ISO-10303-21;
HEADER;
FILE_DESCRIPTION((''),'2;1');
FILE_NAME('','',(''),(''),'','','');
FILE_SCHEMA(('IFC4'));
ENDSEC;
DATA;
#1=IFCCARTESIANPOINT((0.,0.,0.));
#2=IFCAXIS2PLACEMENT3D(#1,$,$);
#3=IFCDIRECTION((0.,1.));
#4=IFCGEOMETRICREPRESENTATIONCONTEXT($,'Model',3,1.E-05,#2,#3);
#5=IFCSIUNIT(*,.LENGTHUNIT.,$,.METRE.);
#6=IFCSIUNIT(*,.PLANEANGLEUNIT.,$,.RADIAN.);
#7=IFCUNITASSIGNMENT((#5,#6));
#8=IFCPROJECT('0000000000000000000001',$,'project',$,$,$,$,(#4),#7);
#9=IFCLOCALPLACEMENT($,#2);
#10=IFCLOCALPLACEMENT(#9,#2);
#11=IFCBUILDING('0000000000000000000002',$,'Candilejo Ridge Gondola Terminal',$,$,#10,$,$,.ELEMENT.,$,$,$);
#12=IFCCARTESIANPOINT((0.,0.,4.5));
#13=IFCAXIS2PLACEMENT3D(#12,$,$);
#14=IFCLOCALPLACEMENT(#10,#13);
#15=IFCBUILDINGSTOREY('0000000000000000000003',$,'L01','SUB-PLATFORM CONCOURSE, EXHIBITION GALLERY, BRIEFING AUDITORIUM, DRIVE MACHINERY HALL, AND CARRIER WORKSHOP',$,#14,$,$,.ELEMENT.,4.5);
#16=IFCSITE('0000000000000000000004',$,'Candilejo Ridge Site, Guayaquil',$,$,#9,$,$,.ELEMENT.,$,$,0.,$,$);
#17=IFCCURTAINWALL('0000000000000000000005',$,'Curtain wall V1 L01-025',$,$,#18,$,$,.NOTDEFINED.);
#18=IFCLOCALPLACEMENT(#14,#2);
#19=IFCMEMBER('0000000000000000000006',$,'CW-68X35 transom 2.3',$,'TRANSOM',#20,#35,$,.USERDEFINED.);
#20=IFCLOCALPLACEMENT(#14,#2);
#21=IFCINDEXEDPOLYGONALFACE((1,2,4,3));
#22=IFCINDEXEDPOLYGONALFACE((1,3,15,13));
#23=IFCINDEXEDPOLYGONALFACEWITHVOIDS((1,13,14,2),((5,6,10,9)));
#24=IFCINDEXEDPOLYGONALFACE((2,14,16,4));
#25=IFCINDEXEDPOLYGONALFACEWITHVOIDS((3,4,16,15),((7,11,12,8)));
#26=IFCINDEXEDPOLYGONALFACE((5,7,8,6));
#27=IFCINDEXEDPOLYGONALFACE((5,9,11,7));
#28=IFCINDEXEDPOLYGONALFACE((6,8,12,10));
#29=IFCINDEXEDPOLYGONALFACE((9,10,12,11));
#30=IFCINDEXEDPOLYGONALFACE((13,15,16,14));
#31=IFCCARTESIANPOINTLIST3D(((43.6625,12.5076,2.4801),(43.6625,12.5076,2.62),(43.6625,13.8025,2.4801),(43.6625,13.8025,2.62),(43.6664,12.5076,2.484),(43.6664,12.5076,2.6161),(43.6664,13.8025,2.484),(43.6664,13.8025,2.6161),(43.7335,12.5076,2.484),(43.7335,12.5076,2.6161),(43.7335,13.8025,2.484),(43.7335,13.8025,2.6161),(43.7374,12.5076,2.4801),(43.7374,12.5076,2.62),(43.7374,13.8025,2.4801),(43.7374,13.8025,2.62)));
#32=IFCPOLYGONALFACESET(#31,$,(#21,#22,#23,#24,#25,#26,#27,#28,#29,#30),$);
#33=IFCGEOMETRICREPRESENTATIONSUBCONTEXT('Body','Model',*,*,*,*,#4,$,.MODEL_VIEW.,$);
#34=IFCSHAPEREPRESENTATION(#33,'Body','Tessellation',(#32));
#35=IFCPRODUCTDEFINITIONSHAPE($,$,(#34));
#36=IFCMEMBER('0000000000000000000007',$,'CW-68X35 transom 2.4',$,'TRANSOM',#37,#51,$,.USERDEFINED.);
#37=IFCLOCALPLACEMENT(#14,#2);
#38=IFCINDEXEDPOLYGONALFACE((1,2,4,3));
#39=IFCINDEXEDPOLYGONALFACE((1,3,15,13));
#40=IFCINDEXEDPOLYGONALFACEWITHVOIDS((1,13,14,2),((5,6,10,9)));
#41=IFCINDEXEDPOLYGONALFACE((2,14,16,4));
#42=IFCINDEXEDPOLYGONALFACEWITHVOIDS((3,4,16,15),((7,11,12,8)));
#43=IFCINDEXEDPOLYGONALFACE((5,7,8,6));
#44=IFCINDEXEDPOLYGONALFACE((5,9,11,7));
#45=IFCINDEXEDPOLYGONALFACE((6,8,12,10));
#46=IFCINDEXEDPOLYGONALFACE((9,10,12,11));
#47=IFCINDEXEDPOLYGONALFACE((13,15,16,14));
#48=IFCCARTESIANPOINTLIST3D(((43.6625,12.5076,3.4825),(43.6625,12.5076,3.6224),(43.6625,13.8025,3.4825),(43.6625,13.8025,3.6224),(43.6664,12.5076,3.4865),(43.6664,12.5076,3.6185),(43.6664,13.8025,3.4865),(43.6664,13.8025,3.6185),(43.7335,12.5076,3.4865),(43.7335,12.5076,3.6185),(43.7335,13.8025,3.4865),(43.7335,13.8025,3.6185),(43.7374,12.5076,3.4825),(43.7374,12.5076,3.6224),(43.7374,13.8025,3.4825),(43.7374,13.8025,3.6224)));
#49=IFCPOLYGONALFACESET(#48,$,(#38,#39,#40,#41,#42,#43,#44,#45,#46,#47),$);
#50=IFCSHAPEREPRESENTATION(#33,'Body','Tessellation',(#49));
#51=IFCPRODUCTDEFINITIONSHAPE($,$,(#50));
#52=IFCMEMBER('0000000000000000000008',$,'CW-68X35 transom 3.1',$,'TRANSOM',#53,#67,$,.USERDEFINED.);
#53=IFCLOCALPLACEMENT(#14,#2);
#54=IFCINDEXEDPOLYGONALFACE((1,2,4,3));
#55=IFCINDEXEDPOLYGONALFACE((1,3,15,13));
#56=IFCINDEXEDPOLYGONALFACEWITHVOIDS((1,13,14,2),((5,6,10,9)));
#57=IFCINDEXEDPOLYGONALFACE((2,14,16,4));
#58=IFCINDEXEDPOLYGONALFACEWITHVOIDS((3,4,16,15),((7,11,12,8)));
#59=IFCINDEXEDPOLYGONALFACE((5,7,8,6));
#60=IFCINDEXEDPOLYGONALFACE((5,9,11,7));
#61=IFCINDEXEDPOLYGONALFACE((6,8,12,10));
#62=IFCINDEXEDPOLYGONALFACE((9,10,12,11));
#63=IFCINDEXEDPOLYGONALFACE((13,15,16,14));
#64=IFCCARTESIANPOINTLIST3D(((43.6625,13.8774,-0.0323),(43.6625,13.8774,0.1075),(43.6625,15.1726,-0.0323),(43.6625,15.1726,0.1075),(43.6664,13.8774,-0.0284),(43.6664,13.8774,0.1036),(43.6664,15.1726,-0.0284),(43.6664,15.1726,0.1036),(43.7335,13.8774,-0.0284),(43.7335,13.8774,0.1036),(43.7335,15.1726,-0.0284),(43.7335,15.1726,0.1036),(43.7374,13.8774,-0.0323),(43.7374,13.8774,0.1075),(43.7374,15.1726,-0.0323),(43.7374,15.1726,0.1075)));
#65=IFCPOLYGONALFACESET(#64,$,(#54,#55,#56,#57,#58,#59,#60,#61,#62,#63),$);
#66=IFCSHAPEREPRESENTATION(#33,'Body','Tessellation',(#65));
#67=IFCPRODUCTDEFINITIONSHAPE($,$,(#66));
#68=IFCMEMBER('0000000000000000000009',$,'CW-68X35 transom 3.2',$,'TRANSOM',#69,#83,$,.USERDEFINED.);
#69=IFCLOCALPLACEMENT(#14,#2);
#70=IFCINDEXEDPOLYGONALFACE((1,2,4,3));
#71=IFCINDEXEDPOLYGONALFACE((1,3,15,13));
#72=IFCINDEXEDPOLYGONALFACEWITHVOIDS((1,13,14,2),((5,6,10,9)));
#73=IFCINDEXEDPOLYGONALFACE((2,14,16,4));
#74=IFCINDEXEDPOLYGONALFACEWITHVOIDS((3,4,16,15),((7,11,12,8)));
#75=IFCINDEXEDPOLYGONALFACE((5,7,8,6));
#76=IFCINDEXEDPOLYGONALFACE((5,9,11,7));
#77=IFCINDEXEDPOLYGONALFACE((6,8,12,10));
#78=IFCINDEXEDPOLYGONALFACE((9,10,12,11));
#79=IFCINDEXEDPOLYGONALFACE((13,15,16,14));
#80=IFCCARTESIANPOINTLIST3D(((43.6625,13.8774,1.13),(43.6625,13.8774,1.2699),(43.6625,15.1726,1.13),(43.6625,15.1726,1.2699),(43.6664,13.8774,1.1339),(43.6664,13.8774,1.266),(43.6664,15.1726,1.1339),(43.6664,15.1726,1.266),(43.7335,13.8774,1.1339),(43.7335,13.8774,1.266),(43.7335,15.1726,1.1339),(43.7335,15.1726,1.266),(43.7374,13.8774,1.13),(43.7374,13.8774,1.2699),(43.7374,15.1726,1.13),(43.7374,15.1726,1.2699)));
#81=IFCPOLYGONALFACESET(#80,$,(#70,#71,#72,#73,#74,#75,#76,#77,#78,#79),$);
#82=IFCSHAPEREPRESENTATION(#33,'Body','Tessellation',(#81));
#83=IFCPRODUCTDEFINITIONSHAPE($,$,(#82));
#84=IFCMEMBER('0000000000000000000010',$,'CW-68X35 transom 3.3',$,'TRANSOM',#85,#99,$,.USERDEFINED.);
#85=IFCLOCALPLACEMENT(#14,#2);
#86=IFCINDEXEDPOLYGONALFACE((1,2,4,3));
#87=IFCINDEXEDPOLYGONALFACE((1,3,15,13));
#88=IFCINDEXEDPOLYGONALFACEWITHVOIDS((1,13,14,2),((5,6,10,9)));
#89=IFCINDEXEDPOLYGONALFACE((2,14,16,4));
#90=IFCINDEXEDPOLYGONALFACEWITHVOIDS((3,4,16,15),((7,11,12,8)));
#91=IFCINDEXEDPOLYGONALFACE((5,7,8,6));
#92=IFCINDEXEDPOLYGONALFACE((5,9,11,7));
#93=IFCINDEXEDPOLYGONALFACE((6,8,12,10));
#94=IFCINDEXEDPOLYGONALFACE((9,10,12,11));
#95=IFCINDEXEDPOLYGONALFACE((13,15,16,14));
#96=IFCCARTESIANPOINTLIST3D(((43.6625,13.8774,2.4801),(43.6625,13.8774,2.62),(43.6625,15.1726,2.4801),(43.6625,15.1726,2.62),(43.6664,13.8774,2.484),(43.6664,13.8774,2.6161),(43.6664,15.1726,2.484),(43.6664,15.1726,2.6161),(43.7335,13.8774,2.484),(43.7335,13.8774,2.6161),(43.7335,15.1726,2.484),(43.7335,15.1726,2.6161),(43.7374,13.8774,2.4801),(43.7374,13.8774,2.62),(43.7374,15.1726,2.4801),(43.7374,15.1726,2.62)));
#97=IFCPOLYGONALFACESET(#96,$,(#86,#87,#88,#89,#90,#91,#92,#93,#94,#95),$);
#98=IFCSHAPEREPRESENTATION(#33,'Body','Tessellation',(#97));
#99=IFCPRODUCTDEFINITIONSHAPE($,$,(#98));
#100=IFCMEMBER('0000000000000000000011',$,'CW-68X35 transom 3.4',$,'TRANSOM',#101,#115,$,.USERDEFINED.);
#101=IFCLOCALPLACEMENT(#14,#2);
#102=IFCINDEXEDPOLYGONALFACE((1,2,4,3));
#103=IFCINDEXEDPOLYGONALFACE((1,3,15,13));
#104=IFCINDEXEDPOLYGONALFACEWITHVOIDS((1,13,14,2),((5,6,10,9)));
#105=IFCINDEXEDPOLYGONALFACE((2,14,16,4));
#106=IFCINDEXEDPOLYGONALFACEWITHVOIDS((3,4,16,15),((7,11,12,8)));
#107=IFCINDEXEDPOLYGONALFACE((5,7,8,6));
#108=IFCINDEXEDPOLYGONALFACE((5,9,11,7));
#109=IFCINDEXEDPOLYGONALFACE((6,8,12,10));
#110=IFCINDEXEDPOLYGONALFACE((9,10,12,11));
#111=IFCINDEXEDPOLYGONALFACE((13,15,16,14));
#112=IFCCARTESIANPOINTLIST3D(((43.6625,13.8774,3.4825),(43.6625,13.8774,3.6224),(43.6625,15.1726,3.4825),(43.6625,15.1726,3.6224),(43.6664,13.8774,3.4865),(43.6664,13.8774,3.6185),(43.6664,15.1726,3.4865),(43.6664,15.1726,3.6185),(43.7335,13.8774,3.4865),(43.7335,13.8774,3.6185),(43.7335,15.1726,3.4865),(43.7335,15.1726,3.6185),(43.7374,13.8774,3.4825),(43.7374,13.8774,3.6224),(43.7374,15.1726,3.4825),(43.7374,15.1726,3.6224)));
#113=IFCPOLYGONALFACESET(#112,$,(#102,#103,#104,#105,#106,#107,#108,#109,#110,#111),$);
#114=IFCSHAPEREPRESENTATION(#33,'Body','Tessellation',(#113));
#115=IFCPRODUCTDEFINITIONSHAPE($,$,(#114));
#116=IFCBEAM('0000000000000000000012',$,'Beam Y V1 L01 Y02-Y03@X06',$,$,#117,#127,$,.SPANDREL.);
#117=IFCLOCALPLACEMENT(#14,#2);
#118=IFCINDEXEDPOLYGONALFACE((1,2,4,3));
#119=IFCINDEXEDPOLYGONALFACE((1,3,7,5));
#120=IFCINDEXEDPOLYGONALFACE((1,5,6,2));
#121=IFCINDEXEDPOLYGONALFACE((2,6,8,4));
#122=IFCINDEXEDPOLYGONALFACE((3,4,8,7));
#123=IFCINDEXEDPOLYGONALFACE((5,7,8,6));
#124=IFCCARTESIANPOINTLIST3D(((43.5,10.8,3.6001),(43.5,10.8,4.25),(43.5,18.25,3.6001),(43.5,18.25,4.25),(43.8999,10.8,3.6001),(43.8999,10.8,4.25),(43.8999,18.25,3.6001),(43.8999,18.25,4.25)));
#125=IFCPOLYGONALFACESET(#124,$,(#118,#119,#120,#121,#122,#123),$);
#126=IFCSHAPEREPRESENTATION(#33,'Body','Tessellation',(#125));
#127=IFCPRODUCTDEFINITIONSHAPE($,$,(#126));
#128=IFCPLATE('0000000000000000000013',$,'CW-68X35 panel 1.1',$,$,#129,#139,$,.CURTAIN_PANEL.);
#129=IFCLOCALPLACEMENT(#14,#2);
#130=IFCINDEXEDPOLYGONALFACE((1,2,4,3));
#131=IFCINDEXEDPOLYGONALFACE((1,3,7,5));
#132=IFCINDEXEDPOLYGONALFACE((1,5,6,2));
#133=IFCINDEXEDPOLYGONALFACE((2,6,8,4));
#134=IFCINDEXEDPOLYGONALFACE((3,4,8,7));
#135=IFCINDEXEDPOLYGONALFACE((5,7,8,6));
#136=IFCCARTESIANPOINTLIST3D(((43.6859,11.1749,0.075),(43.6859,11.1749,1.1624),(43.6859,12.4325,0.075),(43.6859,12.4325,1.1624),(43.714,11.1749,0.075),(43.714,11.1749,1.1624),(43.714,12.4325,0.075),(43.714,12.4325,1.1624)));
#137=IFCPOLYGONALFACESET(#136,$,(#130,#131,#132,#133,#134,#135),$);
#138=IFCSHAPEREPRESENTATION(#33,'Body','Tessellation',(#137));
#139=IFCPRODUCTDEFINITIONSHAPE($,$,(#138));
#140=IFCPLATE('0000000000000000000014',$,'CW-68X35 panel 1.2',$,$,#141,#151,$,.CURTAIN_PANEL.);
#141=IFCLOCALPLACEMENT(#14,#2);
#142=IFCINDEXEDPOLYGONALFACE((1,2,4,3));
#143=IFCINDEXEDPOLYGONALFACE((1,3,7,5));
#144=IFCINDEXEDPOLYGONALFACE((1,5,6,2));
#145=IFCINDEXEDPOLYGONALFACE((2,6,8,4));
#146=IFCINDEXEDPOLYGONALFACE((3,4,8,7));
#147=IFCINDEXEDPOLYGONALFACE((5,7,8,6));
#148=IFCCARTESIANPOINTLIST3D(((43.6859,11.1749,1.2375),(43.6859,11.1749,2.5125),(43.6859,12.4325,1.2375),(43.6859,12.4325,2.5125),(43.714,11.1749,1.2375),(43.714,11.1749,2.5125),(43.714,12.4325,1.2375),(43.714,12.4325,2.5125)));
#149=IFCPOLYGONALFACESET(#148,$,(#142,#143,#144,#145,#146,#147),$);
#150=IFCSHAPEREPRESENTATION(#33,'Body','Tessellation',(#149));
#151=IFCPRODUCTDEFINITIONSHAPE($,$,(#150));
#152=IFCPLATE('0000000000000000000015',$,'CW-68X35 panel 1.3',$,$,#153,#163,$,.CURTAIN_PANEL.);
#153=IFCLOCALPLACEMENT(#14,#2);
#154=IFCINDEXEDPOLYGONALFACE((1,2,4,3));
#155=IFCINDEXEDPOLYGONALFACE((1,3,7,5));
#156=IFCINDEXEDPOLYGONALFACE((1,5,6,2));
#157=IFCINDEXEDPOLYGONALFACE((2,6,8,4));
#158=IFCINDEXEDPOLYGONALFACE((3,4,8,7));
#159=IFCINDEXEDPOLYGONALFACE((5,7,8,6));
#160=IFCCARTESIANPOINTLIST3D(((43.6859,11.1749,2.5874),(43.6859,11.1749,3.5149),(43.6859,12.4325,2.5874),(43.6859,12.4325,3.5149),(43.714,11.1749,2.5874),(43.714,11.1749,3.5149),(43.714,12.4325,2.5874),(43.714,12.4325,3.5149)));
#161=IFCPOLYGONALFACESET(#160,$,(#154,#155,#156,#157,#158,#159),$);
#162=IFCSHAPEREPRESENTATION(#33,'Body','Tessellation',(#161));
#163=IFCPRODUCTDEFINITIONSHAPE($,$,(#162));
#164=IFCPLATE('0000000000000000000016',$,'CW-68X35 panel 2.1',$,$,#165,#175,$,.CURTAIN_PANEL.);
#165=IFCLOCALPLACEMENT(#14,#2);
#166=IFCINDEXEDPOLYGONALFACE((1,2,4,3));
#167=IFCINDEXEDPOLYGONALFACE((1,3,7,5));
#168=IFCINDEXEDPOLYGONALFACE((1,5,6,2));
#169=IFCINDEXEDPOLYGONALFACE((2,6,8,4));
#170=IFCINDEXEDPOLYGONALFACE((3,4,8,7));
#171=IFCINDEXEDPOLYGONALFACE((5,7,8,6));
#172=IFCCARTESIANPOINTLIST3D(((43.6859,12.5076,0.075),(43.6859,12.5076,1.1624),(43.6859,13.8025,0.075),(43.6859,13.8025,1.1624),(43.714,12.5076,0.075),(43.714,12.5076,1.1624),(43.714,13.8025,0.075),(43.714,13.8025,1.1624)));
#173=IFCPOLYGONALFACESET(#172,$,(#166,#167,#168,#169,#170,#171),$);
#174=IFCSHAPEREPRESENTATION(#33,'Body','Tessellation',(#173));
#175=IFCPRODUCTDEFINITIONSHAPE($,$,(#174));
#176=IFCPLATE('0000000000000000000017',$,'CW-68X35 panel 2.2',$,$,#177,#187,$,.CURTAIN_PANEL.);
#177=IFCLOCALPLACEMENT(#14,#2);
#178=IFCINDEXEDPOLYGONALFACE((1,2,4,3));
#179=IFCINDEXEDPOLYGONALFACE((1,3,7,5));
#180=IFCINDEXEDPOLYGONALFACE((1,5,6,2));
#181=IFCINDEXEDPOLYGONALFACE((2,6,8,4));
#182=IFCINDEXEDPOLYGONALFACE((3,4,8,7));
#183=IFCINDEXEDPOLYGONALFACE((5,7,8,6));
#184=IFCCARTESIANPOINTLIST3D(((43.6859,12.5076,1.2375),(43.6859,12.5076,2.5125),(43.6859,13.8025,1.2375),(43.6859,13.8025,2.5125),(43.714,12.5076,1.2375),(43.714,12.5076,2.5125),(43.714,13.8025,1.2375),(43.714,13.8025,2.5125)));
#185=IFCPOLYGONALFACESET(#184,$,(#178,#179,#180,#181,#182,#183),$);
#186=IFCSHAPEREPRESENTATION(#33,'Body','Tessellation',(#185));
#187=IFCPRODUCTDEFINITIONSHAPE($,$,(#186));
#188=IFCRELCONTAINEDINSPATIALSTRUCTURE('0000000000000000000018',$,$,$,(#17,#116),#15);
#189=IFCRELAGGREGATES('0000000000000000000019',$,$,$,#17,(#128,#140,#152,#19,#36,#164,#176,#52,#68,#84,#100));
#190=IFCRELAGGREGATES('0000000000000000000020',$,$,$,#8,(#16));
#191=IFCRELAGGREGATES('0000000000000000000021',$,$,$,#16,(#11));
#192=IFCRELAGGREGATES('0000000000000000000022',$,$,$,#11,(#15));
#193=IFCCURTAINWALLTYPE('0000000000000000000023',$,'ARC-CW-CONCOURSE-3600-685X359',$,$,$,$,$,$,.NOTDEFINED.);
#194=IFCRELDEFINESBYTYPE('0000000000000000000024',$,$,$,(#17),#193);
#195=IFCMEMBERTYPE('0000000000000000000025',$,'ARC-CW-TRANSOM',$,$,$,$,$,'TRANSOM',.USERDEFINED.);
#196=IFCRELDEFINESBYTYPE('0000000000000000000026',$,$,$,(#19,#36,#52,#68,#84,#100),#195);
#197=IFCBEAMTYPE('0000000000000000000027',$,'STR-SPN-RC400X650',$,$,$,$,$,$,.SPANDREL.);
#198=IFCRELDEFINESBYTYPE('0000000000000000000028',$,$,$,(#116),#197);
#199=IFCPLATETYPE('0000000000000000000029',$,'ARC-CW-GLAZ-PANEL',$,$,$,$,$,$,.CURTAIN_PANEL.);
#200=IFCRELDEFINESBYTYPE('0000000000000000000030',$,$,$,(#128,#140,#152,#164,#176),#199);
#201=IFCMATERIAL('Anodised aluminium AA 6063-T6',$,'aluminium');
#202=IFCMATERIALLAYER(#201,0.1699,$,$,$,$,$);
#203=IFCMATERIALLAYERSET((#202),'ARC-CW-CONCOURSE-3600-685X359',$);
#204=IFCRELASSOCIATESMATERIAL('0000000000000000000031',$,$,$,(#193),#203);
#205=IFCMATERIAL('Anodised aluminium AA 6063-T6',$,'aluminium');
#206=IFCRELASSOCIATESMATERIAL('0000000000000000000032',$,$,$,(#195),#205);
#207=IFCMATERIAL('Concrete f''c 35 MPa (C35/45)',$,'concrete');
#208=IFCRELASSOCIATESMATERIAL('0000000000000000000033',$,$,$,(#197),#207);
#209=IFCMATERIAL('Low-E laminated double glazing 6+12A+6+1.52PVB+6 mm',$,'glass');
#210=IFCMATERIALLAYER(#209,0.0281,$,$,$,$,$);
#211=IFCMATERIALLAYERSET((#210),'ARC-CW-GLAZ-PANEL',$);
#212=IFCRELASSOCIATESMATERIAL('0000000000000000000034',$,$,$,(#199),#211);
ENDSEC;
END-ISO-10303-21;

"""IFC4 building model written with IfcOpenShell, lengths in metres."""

from ifc_helpers import new_model, si_unit, direction, frame, origin, origin_2d, place, context, subcontext, project, spatial, rectangle, hollow_rectangle, extrude, material, layer, layer_set, material_profile, profile_set, type_object, element, aggregate, save


model = new_model("IFC4")

# Units and contexts
model_context = context("Model", 3, precision=1e-05, world=origin(), true_north=direction((0.0, 1.0)))
body_context = subcontext(model_context, "Body", "Model", "MODEL_VIEW")
ifc_project = project(units=[si_unit("LENGTHUNIT", "METRE"), si_unit("PLANEANGLEUNIT", "RADIAN")], contexts=[model_context])

# Site, building, storey
site_placement = place(None, origin())
site = spatial("IfcSite", under=ifc_project, at=site_placement, Name="Candilejo Ridge Site, Guayaquil", CompositionType="ELEMENT", RefElevation=0.0)
building_placement = place(site_placement, origin())
building = spatial("IfcBuilding", under=site, at=building_placement, Name="Candilejo Ridge Gondola Terminal", CompositionType="ELEMENT")
storey_placement = place(building_placement, frame((0.0, 0.0, 4.5)))
storey = spatial("IfcBuildingStorey", under=building, at=storey_placement, Name="L01", Description="SUB-PLATFORM CONCOURSE, EXHIBITION GALLERY, BRIEFING AUDITORIUM, DRIVE MACHINERY HALL, AND CARRIER WORKSHOP", CompositionType="ELEMENT", Elevation=4.5)

# Curtain wall, members
ifc_material_1 = material(Name="Anodised aluminium AA 6063-T6", Category="aluminium")
ifc_layer_1 = layer(ifc_material_1, 0.1699)
ifc_layer_set_1 = layer_set([ifc_layer_1], Name="ARC-CW-CONCOURSE-3600-685X359")
curtain_wall_type_1 = type_object("IfcCurtainWallType", Name="ARC-CW-CONCOURSE-3600-685X359", PredefinedType="NOTDEFINED", material=ifc_layer_set_1)
curtain_wall_1_placement = place(storey_placement, origin())
curtain_wall_1 = element("IfcCurtainWall", 1, at=curtain_wall_1_placement, inside=storey, type_object=curtain_wall_type_1, Name="Curtain wall V1 L01-025", PredefinedType="NOTDEFINED")
ifc_material_2 = material(Name="Anodised aluminium AA 6063-T6", Category="aluminium")
ifc_material_profile_1 = material_profile(ifc_material_2, hollow_rectangle(XDim=0.075, YDim=0.1399, WallThickness=0.0039, at=origin_2d()))
ifc_profile_set_1 = profile_set([ifc_material_profile_1], Name="Anodised aluminium AA 6063-T6")
member_type_1 = type_object("IfcMemberType", Name="ARC-CW-TRANSOM", ElementType="TRANSOM", PredefinedType="USERDEFINED", material=ifc_profile_set_1)
member_1_placement = place(storey_placement, frame((43.7, 12.5076, 2.55), z_axis=(0.0, 1.0, 0.0), x_axis=(-1.0, 0.0, 0.0)))
member_1 = element("IfcMember", 2, at=member_1_placement, type_object=member_type_1, Name="CW-68X35 transom 2.3", ObjectType="TRANSOM", PredefinedType="USERDEFINED", context=body_context, shape_type="SweptSolid", body=[
    extrude(hollow_rectangle(XDim=0.075, YDim=0.1399, WallThickness=0.0039, at=origin_2d()), origin(), (0.0, 0.0, 1.0), 1.2949),
])
member_2_placement = place(storey_placement, frame((43.7, 12.5076, 3.5525), z_axis=(0.0, 1.0, 0.0), x_axis=(-1.0, 0.0, 0.0)))
member_2 = element("IfcMember", 3, at=member_2_placement, type_object=member_type_1, Name="CW-68X35 transom 2.4", ObjectType="TRANSOM", PredefinedType="USERDEFINED", context=body_context, shape_type="SweptSolid", body=[
    extrude(hollow_rectangle(XDim=0.075, YDim=0.1399, WallThickness=0.0039, at=origin_2d()), origin(), (0.0, 0.0, 1.0), 1.2949),
])
member_3_placement = place(storey_placement, frame((43.7, 13.8774, 0.0376), z_axis=(0.0, 1.0, 0.0), x_axis=(-1.0, 0.0, 0.0)))
member_3 = element("IfcMember", 4, at=member_3_placement, type_object=member_type_1, Name="CW-68X35 transom 3.1", ObjectType="TRANSOM", PredefinedType="USERDEFINED", context=body_context, shape_type="SweptSolid", body=[
    extrude(hollow_rectangle(XDim=0.075, YDim=0.1399, WallThickness=0.0039, at=origin_2d()), origin(), (0.0, 0.0, 1.0), 1.2952),
])
member_4_placement = place(storey_placement, frame((43.7, 13.8774, 1.2), z_axis=(0.0, 1.0, 0.0), x_axis=(-1.0, 0.0, 0.0)))
member_4 = element("IfcMember", 5, at=member_4_placement, type_object=member_type_1, Name="CW-68X35 transom 3.2", ObjectType="TRANSOM", PredefinedType="USERDEFINED", context=body_context, shape_type="SweptSolid", body=[
    extrude(hollow_rectangle(XDim=0.075, YDim=0.1399, WallThickness=0.0039, at=origin_2d()), origin(), (0.0, 0.0, 1.0), 1.2952),
])
member_5_placement = place(storey_placement, frame((43.7, 13.8774, 2.55), z_axis=(0.0, 1.0, 0.0), x_axis=(-1.0, 0.0, 0.0)))
member_5 = element("IfcMember", 6, at=member_5_placement, type_object=member_type_1, Name="CW-68X35 transom 3.3", ObjectType="TRANSOM", PredefinedType="USERDEFINED", context=body_context, shape_type="SweptSolid", body=[
    extrude(hollow_rectangle(XDim=0.075, YDim=0.1399, WallThickness=0.0039, at=origin_2d()), origin(), (0.0, 0.0, 1.0), 1.2952),
])
member_6_placement = place(storey_placement, frame((43.7, 13.8774, 3.5525), z_axis=(0.0, 1.0, 0.0), x_axis=(-1.0, 0.0, 0.0)))
member_6 = element("IfcMember", 7, at=member_6_placement, type_object=member_type_1, Name="CW-68X35 transom 3.4", ObjectType="TRANSOM", PredefinedType="USERDEFINED", context=body_context, shape_type="SweptSolid", body=[
    extrude(hollow_rectangle(XDim=0.075, YDim=0.1399, WallThickness=0.0039, at=origin_2d()), origin(), (0.0, 0.0, 1.0), 1.2952),
])

# Beam
ifc_material_3 = material(Name="Concrete f'c 35 MPa (C35/45)", Category="concrete")
ifc_material_profile_2 = material_profile(ifc_material_3, rectangle(XDim=0.3999, YDim=0.6499, at=origin_2d()))
ifc_profile_set_2 = profile_set([ifc_material_profile_2], Name="Concrete f'c 35 MPa (C35/45)")
beam_type = type_object("IfcBeamType", Name="STR-SPN-RC400X650", PredefinedType="SPANDREL", material=ifc_profile_set_2)
beam_placement = place(storey_placement, frame((43.7, 10.8, 3.925), z_axis=(0.0, 1.0, 0.0), x_axis=(-1.0, 0.0, 0.0)))
element("IfcBeam", 8, at=beam_placement, inside=storey, type_object=beam_type, Name="Beam Y V1 L01 Y02-Y03@X06", PredefinedType="SPANDREL", context=body_context, shape_type="SweptSolid", body=[
    extrude(rectangle(XDim=0.3999, YDim=0.6499, at=origin_2d()), origin(), (0.0, 0.0, 1.0), 7.45),
])

# Plates
ifc_material_4 = material(Name="Low-E laminated double glazing 6+12A+6+1.52PVB+6 mm", Category="glass")
ifc_layer_2 = layer(ifc_material_4, 0.0281)
ifc_layer_set_2 = layer_set([ifc_layer_2], Name="ARC-CW-GLAZ-PANEL")
plate_type = type_object("IfcPlateType", Name="ARC-CW-GLAZ-PANEL", PredefinedType="CURTAIN_PANEL", material=ifc_layer_set_2)
plate_1_placement = place(storey_placement, frame((43.7, 11.8037, 0.075), z_axis=(0.0, 0.0, 1.0), x_axis=(0.0, 1.0, 0.0)))
plate_1 = element("IfcPlate", 9, at=plate_1_placement, type_object=plate_type, Name="CW-68X35 panel 1.1", PredefinedType="CURTAIN_PANEL", context=body_context, shape_type="SweptSolid", body=[
    extrude(rectangle(XDim=1.2576, YDim=0.0281, at=origin_2d()), origin(), (0.0, 0.0, 1.0), 1.0874),
])
plate_2_placement = place(storey_placement, frame((43.7, 11.8037, 1.2375), z_axis=(0.0, 0.0, 1.0), x_axis=(0.0, 1.0, 0.0)))
plate_2 = element("IfcPlate", 10, at=plate_2_placement, type_object=plate_type, Name="CW-68X35 panel 1.2", PredefinedType="CURTAIN_PANEL", context=body_context, shape_type="SweptSolid", body=[
    extrude(rectangle(XDim=1.2576, YDim=0.0281, at=origin_2d()), origin(), (0.0, 0.0, 1.0), 1.2749),
])
plate_3_placement = place(storey_placement, frame((43.7, 11.8037, 2.5874), z_axis=(0.0, 0.0, 1.0), x_axis=(0.0, 1.0, 0.0)))
plate_3 = element("IfcPlate", 11, at=plate_3_placement, type_object=plate_type, Name="CW-68X35 panel 1.3", PredefinedType="CURTAIN_PANEL", context=body_context, shape_type="SweptSolid", body=[
    extrude(rectangle(XDim=1.2576, YDim=0.0281, at=origin_2d()), origin(), (0.0, 0.0, 1.0), 0.9275),
])
plate_4_placement = place(storey_placement, frame((43.7, 13.155, 0.075), z_axis=(0.0, 0.0, 1.0), x_axis=(0.0, 1.0, 0.0)))
plate_4 = element("IfcPlate", 12, at=plate_4_placement, type_object=plate_type, Name="CW-68X35 panel 2.1", PredefinedType="CURTAIN_PANEL", context=body_context, shape_type="SweptSolid", body=[
    extrude(rectangle(XDim=1.2949, YDim=0.0281, at=origin_2d()), origin(), (0.0, 0.0, 1.0), 1.0874),
])
plate_5_placement = place(storey_placement, frame((43.7, 13.155, 1.2375), z_axis=(0.0, 0.0, 1.0), x_axis=(0.0, 1.0, 0.0)))
plate_5 = element("IfcPlate", 13, at=plate_5_placement, type_object=plate_type, Name="CW-68X35 panel 2.2", PredefinedType="CURTAIN_PANEL", context=body_context, shape_type="SweptSolid", body=[
    extrude(rectangle(XDim=1.2949, YDim=0.0281, at=origin_2d()), origin(), (0.0, 0.0, 1.0), 1.2749),
])
aggregate(curtain_wall_1, [plate_1, plate_2, plate_3, member_1, member_2, plate_4, plate_5, member_3, member_4, member_5, member_6])

save(model, "model.ifc")
